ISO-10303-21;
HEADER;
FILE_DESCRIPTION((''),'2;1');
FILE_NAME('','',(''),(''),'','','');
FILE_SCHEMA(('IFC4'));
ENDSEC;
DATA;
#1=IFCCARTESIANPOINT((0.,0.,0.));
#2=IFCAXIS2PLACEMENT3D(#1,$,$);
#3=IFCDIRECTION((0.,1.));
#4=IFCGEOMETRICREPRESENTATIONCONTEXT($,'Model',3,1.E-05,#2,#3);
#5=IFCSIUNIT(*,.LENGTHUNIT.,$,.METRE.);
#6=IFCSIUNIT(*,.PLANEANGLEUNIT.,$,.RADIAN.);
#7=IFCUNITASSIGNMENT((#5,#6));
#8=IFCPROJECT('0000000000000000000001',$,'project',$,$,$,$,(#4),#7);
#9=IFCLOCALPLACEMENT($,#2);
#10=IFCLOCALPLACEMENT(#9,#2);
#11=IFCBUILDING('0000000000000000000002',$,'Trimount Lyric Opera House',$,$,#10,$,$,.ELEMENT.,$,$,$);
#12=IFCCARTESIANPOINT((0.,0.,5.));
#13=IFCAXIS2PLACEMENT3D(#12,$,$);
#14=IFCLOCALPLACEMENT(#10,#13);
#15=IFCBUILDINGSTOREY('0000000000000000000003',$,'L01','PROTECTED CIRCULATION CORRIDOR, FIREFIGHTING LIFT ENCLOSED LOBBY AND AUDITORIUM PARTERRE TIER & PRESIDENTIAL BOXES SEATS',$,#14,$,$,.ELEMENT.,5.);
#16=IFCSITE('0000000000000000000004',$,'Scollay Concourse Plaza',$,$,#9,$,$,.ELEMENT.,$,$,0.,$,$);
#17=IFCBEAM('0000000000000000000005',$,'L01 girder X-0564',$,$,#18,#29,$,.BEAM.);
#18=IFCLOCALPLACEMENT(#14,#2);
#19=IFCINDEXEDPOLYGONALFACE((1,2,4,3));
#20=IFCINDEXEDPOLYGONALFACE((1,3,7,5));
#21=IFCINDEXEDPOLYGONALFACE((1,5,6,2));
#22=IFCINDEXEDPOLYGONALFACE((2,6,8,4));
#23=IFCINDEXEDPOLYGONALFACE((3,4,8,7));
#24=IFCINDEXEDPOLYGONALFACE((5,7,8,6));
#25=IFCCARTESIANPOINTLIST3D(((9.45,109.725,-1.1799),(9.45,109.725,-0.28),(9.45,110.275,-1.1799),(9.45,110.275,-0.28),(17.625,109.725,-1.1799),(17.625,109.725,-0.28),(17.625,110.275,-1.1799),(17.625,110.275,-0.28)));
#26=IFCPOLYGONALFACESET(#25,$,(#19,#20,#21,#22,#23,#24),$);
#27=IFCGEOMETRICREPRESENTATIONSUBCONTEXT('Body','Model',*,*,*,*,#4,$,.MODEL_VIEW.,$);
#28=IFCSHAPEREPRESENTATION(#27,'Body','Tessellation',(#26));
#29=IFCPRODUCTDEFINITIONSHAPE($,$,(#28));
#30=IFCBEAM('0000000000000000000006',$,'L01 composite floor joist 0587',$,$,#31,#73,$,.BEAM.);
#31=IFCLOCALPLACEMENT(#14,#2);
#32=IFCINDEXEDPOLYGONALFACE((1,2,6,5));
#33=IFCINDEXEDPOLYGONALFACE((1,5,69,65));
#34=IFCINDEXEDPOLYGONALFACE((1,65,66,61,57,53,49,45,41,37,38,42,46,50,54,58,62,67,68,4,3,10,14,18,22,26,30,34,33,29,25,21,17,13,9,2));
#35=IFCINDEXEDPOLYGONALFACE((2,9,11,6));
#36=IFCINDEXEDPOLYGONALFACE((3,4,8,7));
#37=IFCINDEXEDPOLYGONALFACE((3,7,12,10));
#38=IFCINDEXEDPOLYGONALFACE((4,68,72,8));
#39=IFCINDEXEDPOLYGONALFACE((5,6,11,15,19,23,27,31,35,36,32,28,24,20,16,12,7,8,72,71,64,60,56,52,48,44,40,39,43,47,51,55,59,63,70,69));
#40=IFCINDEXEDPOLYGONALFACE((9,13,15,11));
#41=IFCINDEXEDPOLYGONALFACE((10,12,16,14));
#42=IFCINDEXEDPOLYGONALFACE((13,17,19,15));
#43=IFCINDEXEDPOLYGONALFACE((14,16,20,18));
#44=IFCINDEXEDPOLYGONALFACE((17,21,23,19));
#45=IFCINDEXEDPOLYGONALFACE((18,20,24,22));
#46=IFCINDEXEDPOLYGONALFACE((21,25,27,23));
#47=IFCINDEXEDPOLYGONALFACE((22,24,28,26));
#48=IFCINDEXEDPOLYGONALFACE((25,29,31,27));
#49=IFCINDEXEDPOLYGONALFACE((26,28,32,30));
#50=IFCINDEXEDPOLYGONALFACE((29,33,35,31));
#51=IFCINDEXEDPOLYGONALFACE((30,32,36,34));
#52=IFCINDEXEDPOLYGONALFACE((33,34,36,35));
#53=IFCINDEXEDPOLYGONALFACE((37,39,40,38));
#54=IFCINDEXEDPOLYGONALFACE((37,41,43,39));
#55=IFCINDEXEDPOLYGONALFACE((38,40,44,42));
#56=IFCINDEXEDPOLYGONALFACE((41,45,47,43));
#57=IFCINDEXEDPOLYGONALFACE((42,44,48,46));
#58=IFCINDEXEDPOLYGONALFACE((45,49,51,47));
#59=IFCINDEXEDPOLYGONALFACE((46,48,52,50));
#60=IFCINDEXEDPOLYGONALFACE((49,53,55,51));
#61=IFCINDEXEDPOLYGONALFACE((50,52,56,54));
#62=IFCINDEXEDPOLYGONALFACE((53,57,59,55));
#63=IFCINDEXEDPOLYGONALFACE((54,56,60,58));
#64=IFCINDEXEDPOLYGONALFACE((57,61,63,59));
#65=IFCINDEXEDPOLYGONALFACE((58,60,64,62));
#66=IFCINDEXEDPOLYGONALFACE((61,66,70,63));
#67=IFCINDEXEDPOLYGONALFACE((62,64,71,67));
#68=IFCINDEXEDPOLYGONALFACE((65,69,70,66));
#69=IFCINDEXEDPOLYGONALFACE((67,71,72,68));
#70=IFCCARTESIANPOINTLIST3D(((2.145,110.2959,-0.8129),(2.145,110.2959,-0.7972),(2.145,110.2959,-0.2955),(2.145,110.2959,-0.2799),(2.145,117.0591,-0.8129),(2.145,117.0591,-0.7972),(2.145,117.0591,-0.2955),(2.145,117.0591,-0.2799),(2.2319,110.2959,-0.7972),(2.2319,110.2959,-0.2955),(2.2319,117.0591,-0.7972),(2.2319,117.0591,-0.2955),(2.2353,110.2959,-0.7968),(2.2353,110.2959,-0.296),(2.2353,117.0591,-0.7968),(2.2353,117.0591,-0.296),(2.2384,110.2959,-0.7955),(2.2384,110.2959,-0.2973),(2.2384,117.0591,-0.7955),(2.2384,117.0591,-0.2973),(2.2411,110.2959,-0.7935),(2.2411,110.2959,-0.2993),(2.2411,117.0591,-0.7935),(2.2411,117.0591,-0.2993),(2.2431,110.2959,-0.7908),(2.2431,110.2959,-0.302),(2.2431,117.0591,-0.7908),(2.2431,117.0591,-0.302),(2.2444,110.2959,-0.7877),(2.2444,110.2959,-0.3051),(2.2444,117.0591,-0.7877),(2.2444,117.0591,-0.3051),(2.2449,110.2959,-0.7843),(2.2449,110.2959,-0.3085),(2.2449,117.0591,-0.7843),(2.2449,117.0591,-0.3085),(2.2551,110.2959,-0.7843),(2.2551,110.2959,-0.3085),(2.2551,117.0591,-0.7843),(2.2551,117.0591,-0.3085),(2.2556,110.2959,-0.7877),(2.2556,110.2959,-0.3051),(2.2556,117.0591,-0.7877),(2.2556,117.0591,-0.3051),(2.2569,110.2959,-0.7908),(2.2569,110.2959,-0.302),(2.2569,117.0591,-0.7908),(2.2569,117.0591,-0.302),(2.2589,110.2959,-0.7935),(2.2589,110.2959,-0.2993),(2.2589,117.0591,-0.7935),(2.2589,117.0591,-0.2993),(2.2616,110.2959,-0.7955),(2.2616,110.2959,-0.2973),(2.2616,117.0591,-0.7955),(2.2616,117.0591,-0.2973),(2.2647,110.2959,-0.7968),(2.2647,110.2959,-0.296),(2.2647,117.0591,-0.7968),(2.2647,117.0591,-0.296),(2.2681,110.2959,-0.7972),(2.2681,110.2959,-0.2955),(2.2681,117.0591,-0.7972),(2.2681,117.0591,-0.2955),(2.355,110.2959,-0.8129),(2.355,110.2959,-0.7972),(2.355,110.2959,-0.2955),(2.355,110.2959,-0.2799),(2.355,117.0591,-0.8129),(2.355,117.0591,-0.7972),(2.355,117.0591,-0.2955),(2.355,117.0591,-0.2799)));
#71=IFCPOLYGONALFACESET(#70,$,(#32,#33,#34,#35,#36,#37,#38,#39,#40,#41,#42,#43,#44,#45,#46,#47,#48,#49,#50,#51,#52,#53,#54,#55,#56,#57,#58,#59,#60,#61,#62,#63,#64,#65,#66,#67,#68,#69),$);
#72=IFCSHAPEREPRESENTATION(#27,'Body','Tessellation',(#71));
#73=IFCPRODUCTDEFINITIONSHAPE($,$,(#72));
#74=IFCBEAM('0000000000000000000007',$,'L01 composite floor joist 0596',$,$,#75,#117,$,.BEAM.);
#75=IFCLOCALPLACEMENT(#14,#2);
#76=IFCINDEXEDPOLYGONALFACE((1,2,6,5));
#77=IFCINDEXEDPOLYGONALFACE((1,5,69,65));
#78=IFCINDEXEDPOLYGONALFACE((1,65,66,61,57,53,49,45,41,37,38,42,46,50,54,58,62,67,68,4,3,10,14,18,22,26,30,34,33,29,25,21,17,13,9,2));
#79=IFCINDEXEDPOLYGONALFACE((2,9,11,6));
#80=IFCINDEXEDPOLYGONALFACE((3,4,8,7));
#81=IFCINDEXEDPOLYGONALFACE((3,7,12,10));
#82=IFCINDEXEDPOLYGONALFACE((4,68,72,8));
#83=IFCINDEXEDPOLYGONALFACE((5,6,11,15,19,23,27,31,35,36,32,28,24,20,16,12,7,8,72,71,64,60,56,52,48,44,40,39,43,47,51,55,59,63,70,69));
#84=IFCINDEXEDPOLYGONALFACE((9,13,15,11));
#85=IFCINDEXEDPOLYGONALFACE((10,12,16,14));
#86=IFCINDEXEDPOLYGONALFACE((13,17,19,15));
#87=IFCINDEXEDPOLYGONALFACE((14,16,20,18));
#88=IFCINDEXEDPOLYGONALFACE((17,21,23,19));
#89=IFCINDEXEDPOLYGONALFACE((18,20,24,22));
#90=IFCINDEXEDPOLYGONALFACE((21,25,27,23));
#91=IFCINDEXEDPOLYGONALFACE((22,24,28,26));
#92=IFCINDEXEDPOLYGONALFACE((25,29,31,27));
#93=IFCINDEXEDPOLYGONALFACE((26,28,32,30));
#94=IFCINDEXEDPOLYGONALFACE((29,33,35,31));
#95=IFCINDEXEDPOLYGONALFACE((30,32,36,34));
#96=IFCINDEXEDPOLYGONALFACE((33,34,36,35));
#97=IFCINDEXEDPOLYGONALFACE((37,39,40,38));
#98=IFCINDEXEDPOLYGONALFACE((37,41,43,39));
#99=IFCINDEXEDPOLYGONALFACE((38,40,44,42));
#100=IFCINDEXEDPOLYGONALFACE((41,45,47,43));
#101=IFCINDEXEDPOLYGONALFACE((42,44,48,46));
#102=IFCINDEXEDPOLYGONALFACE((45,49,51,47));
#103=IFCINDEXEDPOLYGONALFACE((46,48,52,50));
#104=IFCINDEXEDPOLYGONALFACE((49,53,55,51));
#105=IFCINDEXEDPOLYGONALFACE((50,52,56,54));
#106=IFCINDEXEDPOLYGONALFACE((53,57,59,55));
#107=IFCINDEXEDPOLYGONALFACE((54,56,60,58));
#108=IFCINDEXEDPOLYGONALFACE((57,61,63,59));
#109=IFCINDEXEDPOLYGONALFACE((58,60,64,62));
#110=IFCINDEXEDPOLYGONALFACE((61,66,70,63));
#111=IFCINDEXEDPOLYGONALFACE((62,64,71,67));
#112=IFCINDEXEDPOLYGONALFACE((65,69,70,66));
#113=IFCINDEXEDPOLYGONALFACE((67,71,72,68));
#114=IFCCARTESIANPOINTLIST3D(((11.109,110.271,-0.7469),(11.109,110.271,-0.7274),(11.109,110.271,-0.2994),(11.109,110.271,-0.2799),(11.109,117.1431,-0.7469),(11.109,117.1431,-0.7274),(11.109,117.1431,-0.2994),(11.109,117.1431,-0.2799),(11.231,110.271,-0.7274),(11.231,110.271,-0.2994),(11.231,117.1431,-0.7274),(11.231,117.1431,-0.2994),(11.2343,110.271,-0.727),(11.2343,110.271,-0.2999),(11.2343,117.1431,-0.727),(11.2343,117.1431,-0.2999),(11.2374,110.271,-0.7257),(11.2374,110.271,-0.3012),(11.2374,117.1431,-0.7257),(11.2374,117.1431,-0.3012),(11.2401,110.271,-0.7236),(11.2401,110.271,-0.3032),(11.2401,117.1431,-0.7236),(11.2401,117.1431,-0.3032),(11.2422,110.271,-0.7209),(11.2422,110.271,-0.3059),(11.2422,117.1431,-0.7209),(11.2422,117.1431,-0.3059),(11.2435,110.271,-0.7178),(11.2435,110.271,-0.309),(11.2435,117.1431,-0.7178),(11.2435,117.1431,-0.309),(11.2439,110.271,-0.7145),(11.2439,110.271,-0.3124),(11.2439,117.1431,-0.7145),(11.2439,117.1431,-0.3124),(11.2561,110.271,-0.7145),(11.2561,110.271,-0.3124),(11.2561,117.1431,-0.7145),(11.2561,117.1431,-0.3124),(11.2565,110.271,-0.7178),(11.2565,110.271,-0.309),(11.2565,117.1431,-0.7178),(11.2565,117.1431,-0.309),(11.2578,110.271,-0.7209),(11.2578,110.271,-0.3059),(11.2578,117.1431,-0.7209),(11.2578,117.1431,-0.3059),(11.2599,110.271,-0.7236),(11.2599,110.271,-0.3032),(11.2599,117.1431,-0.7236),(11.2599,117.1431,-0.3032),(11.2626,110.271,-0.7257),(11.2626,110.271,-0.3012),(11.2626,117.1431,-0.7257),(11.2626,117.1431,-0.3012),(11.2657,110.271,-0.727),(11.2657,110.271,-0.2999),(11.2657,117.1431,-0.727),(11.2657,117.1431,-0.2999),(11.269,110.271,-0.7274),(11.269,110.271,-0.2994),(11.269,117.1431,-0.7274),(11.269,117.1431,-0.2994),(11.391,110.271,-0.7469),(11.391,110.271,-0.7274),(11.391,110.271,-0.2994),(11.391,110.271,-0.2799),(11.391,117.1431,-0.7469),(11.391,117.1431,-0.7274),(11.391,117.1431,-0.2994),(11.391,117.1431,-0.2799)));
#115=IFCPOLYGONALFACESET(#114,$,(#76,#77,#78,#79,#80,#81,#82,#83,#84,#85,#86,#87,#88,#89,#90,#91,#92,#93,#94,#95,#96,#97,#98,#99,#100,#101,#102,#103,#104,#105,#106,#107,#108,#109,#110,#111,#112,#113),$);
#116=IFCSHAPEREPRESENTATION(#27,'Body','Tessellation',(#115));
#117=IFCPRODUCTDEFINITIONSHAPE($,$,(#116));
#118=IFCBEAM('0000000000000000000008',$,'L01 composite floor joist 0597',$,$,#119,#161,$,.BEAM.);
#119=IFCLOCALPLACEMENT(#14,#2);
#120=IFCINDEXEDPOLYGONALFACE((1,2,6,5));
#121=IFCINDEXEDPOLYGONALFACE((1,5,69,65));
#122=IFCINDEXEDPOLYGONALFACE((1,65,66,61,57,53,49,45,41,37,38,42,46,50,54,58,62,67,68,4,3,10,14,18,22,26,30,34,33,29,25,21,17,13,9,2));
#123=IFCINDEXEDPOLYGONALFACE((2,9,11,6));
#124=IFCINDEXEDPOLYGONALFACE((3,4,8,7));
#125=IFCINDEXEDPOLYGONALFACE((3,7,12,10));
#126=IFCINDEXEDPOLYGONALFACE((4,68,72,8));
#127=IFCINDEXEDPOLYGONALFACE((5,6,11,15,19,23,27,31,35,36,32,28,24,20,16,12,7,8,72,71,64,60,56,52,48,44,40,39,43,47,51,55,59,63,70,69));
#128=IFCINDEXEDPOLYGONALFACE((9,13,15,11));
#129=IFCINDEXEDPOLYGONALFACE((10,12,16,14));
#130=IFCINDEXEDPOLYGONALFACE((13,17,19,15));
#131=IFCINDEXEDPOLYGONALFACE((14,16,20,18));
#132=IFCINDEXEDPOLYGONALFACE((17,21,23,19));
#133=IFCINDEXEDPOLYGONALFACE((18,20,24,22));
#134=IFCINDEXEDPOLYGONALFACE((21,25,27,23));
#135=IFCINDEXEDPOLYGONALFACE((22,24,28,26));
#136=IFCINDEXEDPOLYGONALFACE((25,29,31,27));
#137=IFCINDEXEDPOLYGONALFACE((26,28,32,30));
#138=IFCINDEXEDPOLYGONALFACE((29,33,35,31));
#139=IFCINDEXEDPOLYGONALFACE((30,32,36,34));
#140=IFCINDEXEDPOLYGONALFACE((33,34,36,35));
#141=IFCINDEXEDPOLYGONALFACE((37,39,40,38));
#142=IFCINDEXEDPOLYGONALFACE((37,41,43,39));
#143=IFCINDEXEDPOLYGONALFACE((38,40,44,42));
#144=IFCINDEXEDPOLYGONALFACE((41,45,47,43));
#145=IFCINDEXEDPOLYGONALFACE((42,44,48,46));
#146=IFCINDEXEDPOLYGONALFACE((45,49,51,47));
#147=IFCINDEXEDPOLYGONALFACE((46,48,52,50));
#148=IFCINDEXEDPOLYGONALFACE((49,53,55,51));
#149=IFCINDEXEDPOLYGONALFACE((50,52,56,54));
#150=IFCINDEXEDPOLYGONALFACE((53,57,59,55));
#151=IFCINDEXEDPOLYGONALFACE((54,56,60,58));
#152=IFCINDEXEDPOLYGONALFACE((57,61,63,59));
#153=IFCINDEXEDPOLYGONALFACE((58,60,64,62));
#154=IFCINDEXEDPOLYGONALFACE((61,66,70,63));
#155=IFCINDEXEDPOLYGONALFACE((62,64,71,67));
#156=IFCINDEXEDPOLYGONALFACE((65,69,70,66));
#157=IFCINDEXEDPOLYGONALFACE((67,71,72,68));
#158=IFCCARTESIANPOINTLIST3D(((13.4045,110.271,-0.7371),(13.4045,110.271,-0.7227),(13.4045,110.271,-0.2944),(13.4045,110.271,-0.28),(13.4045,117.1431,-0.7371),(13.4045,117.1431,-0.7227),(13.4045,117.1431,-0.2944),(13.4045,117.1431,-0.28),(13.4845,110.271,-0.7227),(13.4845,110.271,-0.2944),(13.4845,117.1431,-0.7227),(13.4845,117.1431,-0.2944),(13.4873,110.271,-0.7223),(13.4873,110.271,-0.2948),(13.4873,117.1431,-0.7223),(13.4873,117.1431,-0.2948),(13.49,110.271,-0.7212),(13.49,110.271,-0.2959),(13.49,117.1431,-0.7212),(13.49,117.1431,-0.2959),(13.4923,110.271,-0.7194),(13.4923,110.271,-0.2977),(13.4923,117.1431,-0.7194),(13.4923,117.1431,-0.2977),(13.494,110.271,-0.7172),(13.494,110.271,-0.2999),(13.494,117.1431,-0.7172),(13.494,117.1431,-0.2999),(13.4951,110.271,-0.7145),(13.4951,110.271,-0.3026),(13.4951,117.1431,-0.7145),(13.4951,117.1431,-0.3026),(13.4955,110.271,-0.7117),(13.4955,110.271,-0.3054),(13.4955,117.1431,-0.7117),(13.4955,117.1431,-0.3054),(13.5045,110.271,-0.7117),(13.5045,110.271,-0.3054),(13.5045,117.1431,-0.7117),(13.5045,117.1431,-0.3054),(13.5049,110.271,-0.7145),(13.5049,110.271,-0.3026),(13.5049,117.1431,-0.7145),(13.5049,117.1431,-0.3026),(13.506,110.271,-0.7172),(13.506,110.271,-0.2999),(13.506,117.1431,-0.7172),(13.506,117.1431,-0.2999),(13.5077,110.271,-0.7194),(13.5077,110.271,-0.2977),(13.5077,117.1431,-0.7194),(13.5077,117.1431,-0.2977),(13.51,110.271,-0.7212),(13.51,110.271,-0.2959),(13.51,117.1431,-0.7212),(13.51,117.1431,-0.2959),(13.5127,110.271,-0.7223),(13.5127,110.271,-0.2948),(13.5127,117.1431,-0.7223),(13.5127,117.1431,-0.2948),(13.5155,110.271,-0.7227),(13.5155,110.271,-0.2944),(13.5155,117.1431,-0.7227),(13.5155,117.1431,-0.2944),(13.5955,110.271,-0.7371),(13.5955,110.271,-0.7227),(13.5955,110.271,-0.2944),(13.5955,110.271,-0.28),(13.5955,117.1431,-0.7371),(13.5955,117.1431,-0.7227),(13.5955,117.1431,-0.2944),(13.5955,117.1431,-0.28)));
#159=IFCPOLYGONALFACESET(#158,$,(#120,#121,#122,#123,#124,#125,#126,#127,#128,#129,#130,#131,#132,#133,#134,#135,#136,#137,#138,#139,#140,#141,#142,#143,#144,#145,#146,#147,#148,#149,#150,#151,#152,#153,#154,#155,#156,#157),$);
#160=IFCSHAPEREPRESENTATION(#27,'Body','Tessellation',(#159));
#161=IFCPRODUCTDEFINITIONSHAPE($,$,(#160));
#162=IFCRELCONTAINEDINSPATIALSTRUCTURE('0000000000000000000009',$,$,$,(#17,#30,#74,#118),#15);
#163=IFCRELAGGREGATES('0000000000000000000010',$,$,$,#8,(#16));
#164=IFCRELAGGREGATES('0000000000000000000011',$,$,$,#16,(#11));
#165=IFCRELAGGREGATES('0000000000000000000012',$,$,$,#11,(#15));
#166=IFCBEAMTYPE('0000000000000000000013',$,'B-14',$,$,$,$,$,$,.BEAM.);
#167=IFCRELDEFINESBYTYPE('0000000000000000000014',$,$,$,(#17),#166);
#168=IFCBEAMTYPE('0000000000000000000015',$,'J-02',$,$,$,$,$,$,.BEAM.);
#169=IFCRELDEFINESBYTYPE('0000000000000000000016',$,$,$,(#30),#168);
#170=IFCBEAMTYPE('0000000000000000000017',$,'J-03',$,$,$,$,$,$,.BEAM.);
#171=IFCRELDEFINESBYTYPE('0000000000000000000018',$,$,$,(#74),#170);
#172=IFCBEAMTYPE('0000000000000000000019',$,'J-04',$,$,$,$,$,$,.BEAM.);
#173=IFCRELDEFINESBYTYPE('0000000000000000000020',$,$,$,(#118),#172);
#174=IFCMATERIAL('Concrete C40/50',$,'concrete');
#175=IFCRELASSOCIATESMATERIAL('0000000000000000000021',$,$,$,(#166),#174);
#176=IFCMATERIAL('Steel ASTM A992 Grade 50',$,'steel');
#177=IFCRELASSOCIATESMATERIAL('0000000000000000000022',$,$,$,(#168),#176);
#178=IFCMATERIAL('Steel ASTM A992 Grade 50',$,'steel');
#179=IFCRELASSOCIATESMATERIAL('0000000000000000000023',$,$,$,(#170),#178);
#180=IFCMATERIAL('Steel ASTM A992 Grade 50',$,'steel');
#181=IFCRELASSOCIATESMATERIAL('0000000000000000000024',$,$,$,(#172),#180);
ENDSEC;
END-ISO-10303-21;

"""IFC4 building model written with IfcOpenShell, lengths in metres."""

from ifc_helpers import new_model, si_unit, direction, frame, origin, origin_2d, place, context, subcontext, project, spatial, rectangle, i_section, extrude, material, material_profile, profile_set, type_object, element, save


model = new_model("IFC4")

# Units and contexts
model_context = context("Model", 3, precision=1e-05, world=origin(), true_north=direction((0.0, 1.0)))
body_context = subcontext(model_context, "Body", "Model", "MODEL_VIEW")
ifc_project = project(units=[si_unit("LENGTHUNIT", "METRE"), si_unit("PLANEANGLEUNIT", "RADIAN")], contexts=[model_context])

# Site, building, storey
site_placement = place(None, origin())
site = spatial("IfcSite", under=ifc_project, at=site_placement, Name="Scollay Concourse Plaza", CompositionType="ELEMENT", RefElevation=0.0)
building_placement = place(site_placement, origin())
building = spatial("IfcBuilding", under=site, at=building_placement, Name="Trimount Lyric Opera House", CompositionType="ELEMENT")
storey_placement = place(building_placement, frame((0.0, 0.0, 5.0)))
storey = spatial("IfcBuildingStorey", under=building, at=storey_placement, Name="L01", Description="PROTECTED CIRCULATION CORRIDOR, FIREFIGHTING LIFT ENCLOSED LOBBY AND AUDITORIUM PARTERRE TIER & PRESIDENTIAL BOXES SEATS", CompositionType="ELEMENT", Elevation=5.0)

# Beams
ifc_material_1 = material(Name="Concrete C40/50", Category="concrete")
ifc_material_profile_1 = material_profile(ifc_material_1, rectangle(XDim=0.55, YDim=0.8999, at=origin_2d()), Name="RC550X900")
ifc_profile_set_1 = profile_set([ifc_material_profile_1], Name="Concrete C40/50")
beam_type_1 = type_object("IfcBeamType", Name="B-14", PredefinedType="BEAM", material=ifc_profile_set_1)
beam_1_placement = place(storey_placement, frame((9.45, 110.0, -0.73), z_axis=(1.0, 0.0, 0.0), x_axis=(0.0, 1.0, 0.0)))
element("IfcBeam", 1, at=beam_1_placement, inside=storey, type_object=beam_type_1, Name="L01 girder X-0564", PredefinedType="BEAM", context=body_context, shape_type="SweptSolid", body=[
    extrude(rectangle(XDim=0.55, YDim=0.8999, at=origin_2d()), origin(), (0.0, 0.0, 1.0), 8.175),
])
ifc_material_2 = material(Name="Steel ASTM A992 Grade 50", Category="steel")
ifc_material_profile_2 = material_profile(ifc_material_2, i_section(OverallWidth=0.21, OverallDepth=0.533, WebThickness=0.0103, FlangeThickness=0.0156, FilletRadius=0.0129, at=origin_2d()), Name="W21X62")
ifc_profile_set_2 = profile_set([ifc_material_profile_2], Name="Steel ASTM A992 Grade 50")
beam_type_2 = type_object("IfcBeamType", Name="J-02", PredefinedType="BEAM", material=ifc_profile_set_2)
beam_2_placement = place(storey_placement, frame((2.25, 110.2959, -0.5464), z_axis=(0.0, 1.0, 0.0), x_axis=(-1.0, 0.0, 0.0)))
element("IfcBeam", 2, at=beam_2_placement, inside=storey, type_object=beam_type_2, Name="L01 composite floor joist 0587", PredefinedType="BEAM", context=body_context, shape_type="SweptSolid", body=[
    extrude(i_section(OverallWidth=0.21, OverallDepth=0.533, WebThickness=0.0103, FlangeThickness=0.0156, FilletRadius=0.0129, at=origin_2d()), origin(), (0.0, 0.0, 1.0), 6.7632),
])
ifc_material_3 = material(Name="Steel ASTM A992 Grade 50", Category="steel")
ifc_material_profile_3 = material_profile(ifc_material_3, i_section(OverallWidth=0.282, OverallDepth=0.467, WebThickness=0.0122, FlangeThickness=0.0195, FilletRadius=0.0129, at=origin_2d()), Name="W18X86")
ifc_profile_set_3 = profile_set([ifc_material_profile_3], Name="Steel ASTM A992 Grade 50")
beam_type_3 = type_object("IfcBeamType", Name="J-03", PredefinedType="BEAM", material=ifc_profile_set_3)
beam_3_placement = place(storey_placement, frame((11.25, 110.271, -0.5134), z_axis=(0.0, 1.0, 0.0), x_axis=(-1.0, 0.0, 0.0)))
element("IfcBeam", 3, at=beam_3_placement, inside=storey, type_object=beam_type_3, Name="L01 composite floor joist 0596", PredefinedType="BEAM", context=body_context, shape_type="SweptSolid", body=[
    extrude(i_section(OverallWidth=0.282, OverallDepth=0.467, WebThickness=0.0122, FlangeThickness=0.0195, FilletRadius=0.0129, at=origin_2d()), origin(), (0.0, 0.0, 1.0), 6.8721),
])
ifc_material_4 = material(Name="Steel ASTM A992 Grade 50", Category="steel")
ifc_material_profile_4 = material_profile(ifc_material_4, i_section(OverallWidth=0.1909, OverallDepth=0.457, WebThickness=0.009, FlangeThickness=0.0144, FilletRadius=0.011, at=origin_2d()), Name="W18X50")
ifc_profile_set_4 = profile_set([ifc_material_profile_4], Name="Steel ASTM A992 Grade 50")
beam_type_4 = type_object("IfcBeamType", Name="J-04", PredefinedType="BEAM", material=ifc_profile_set_4)
beam_4_placement = place(storey_placement, frame((13.5, 110.271, -0.5085), z_axis=(0.0, 1.0, 0.0), x_axis=(-1.0, 0.0, 0.0)))
element("IfcBeam", 4, at=beam_4_placement, inside=storey, type_object=beam_type_4, Name="L01 composite floor joist 0597", PredefinedType="BEAM", context=body_context, shape_type="SweptSolid", body=[
    extrude(i_section(OverallWidth=0.1909, OverallDepth=0.457, WebThickness=0.009, FlangeThickness=0.0144, FilletRadius=0.011, at=origin_2d()), origin(), (0.0, 0.0, 1.0), 6.8721),
])

save(model, "model.ifc")
